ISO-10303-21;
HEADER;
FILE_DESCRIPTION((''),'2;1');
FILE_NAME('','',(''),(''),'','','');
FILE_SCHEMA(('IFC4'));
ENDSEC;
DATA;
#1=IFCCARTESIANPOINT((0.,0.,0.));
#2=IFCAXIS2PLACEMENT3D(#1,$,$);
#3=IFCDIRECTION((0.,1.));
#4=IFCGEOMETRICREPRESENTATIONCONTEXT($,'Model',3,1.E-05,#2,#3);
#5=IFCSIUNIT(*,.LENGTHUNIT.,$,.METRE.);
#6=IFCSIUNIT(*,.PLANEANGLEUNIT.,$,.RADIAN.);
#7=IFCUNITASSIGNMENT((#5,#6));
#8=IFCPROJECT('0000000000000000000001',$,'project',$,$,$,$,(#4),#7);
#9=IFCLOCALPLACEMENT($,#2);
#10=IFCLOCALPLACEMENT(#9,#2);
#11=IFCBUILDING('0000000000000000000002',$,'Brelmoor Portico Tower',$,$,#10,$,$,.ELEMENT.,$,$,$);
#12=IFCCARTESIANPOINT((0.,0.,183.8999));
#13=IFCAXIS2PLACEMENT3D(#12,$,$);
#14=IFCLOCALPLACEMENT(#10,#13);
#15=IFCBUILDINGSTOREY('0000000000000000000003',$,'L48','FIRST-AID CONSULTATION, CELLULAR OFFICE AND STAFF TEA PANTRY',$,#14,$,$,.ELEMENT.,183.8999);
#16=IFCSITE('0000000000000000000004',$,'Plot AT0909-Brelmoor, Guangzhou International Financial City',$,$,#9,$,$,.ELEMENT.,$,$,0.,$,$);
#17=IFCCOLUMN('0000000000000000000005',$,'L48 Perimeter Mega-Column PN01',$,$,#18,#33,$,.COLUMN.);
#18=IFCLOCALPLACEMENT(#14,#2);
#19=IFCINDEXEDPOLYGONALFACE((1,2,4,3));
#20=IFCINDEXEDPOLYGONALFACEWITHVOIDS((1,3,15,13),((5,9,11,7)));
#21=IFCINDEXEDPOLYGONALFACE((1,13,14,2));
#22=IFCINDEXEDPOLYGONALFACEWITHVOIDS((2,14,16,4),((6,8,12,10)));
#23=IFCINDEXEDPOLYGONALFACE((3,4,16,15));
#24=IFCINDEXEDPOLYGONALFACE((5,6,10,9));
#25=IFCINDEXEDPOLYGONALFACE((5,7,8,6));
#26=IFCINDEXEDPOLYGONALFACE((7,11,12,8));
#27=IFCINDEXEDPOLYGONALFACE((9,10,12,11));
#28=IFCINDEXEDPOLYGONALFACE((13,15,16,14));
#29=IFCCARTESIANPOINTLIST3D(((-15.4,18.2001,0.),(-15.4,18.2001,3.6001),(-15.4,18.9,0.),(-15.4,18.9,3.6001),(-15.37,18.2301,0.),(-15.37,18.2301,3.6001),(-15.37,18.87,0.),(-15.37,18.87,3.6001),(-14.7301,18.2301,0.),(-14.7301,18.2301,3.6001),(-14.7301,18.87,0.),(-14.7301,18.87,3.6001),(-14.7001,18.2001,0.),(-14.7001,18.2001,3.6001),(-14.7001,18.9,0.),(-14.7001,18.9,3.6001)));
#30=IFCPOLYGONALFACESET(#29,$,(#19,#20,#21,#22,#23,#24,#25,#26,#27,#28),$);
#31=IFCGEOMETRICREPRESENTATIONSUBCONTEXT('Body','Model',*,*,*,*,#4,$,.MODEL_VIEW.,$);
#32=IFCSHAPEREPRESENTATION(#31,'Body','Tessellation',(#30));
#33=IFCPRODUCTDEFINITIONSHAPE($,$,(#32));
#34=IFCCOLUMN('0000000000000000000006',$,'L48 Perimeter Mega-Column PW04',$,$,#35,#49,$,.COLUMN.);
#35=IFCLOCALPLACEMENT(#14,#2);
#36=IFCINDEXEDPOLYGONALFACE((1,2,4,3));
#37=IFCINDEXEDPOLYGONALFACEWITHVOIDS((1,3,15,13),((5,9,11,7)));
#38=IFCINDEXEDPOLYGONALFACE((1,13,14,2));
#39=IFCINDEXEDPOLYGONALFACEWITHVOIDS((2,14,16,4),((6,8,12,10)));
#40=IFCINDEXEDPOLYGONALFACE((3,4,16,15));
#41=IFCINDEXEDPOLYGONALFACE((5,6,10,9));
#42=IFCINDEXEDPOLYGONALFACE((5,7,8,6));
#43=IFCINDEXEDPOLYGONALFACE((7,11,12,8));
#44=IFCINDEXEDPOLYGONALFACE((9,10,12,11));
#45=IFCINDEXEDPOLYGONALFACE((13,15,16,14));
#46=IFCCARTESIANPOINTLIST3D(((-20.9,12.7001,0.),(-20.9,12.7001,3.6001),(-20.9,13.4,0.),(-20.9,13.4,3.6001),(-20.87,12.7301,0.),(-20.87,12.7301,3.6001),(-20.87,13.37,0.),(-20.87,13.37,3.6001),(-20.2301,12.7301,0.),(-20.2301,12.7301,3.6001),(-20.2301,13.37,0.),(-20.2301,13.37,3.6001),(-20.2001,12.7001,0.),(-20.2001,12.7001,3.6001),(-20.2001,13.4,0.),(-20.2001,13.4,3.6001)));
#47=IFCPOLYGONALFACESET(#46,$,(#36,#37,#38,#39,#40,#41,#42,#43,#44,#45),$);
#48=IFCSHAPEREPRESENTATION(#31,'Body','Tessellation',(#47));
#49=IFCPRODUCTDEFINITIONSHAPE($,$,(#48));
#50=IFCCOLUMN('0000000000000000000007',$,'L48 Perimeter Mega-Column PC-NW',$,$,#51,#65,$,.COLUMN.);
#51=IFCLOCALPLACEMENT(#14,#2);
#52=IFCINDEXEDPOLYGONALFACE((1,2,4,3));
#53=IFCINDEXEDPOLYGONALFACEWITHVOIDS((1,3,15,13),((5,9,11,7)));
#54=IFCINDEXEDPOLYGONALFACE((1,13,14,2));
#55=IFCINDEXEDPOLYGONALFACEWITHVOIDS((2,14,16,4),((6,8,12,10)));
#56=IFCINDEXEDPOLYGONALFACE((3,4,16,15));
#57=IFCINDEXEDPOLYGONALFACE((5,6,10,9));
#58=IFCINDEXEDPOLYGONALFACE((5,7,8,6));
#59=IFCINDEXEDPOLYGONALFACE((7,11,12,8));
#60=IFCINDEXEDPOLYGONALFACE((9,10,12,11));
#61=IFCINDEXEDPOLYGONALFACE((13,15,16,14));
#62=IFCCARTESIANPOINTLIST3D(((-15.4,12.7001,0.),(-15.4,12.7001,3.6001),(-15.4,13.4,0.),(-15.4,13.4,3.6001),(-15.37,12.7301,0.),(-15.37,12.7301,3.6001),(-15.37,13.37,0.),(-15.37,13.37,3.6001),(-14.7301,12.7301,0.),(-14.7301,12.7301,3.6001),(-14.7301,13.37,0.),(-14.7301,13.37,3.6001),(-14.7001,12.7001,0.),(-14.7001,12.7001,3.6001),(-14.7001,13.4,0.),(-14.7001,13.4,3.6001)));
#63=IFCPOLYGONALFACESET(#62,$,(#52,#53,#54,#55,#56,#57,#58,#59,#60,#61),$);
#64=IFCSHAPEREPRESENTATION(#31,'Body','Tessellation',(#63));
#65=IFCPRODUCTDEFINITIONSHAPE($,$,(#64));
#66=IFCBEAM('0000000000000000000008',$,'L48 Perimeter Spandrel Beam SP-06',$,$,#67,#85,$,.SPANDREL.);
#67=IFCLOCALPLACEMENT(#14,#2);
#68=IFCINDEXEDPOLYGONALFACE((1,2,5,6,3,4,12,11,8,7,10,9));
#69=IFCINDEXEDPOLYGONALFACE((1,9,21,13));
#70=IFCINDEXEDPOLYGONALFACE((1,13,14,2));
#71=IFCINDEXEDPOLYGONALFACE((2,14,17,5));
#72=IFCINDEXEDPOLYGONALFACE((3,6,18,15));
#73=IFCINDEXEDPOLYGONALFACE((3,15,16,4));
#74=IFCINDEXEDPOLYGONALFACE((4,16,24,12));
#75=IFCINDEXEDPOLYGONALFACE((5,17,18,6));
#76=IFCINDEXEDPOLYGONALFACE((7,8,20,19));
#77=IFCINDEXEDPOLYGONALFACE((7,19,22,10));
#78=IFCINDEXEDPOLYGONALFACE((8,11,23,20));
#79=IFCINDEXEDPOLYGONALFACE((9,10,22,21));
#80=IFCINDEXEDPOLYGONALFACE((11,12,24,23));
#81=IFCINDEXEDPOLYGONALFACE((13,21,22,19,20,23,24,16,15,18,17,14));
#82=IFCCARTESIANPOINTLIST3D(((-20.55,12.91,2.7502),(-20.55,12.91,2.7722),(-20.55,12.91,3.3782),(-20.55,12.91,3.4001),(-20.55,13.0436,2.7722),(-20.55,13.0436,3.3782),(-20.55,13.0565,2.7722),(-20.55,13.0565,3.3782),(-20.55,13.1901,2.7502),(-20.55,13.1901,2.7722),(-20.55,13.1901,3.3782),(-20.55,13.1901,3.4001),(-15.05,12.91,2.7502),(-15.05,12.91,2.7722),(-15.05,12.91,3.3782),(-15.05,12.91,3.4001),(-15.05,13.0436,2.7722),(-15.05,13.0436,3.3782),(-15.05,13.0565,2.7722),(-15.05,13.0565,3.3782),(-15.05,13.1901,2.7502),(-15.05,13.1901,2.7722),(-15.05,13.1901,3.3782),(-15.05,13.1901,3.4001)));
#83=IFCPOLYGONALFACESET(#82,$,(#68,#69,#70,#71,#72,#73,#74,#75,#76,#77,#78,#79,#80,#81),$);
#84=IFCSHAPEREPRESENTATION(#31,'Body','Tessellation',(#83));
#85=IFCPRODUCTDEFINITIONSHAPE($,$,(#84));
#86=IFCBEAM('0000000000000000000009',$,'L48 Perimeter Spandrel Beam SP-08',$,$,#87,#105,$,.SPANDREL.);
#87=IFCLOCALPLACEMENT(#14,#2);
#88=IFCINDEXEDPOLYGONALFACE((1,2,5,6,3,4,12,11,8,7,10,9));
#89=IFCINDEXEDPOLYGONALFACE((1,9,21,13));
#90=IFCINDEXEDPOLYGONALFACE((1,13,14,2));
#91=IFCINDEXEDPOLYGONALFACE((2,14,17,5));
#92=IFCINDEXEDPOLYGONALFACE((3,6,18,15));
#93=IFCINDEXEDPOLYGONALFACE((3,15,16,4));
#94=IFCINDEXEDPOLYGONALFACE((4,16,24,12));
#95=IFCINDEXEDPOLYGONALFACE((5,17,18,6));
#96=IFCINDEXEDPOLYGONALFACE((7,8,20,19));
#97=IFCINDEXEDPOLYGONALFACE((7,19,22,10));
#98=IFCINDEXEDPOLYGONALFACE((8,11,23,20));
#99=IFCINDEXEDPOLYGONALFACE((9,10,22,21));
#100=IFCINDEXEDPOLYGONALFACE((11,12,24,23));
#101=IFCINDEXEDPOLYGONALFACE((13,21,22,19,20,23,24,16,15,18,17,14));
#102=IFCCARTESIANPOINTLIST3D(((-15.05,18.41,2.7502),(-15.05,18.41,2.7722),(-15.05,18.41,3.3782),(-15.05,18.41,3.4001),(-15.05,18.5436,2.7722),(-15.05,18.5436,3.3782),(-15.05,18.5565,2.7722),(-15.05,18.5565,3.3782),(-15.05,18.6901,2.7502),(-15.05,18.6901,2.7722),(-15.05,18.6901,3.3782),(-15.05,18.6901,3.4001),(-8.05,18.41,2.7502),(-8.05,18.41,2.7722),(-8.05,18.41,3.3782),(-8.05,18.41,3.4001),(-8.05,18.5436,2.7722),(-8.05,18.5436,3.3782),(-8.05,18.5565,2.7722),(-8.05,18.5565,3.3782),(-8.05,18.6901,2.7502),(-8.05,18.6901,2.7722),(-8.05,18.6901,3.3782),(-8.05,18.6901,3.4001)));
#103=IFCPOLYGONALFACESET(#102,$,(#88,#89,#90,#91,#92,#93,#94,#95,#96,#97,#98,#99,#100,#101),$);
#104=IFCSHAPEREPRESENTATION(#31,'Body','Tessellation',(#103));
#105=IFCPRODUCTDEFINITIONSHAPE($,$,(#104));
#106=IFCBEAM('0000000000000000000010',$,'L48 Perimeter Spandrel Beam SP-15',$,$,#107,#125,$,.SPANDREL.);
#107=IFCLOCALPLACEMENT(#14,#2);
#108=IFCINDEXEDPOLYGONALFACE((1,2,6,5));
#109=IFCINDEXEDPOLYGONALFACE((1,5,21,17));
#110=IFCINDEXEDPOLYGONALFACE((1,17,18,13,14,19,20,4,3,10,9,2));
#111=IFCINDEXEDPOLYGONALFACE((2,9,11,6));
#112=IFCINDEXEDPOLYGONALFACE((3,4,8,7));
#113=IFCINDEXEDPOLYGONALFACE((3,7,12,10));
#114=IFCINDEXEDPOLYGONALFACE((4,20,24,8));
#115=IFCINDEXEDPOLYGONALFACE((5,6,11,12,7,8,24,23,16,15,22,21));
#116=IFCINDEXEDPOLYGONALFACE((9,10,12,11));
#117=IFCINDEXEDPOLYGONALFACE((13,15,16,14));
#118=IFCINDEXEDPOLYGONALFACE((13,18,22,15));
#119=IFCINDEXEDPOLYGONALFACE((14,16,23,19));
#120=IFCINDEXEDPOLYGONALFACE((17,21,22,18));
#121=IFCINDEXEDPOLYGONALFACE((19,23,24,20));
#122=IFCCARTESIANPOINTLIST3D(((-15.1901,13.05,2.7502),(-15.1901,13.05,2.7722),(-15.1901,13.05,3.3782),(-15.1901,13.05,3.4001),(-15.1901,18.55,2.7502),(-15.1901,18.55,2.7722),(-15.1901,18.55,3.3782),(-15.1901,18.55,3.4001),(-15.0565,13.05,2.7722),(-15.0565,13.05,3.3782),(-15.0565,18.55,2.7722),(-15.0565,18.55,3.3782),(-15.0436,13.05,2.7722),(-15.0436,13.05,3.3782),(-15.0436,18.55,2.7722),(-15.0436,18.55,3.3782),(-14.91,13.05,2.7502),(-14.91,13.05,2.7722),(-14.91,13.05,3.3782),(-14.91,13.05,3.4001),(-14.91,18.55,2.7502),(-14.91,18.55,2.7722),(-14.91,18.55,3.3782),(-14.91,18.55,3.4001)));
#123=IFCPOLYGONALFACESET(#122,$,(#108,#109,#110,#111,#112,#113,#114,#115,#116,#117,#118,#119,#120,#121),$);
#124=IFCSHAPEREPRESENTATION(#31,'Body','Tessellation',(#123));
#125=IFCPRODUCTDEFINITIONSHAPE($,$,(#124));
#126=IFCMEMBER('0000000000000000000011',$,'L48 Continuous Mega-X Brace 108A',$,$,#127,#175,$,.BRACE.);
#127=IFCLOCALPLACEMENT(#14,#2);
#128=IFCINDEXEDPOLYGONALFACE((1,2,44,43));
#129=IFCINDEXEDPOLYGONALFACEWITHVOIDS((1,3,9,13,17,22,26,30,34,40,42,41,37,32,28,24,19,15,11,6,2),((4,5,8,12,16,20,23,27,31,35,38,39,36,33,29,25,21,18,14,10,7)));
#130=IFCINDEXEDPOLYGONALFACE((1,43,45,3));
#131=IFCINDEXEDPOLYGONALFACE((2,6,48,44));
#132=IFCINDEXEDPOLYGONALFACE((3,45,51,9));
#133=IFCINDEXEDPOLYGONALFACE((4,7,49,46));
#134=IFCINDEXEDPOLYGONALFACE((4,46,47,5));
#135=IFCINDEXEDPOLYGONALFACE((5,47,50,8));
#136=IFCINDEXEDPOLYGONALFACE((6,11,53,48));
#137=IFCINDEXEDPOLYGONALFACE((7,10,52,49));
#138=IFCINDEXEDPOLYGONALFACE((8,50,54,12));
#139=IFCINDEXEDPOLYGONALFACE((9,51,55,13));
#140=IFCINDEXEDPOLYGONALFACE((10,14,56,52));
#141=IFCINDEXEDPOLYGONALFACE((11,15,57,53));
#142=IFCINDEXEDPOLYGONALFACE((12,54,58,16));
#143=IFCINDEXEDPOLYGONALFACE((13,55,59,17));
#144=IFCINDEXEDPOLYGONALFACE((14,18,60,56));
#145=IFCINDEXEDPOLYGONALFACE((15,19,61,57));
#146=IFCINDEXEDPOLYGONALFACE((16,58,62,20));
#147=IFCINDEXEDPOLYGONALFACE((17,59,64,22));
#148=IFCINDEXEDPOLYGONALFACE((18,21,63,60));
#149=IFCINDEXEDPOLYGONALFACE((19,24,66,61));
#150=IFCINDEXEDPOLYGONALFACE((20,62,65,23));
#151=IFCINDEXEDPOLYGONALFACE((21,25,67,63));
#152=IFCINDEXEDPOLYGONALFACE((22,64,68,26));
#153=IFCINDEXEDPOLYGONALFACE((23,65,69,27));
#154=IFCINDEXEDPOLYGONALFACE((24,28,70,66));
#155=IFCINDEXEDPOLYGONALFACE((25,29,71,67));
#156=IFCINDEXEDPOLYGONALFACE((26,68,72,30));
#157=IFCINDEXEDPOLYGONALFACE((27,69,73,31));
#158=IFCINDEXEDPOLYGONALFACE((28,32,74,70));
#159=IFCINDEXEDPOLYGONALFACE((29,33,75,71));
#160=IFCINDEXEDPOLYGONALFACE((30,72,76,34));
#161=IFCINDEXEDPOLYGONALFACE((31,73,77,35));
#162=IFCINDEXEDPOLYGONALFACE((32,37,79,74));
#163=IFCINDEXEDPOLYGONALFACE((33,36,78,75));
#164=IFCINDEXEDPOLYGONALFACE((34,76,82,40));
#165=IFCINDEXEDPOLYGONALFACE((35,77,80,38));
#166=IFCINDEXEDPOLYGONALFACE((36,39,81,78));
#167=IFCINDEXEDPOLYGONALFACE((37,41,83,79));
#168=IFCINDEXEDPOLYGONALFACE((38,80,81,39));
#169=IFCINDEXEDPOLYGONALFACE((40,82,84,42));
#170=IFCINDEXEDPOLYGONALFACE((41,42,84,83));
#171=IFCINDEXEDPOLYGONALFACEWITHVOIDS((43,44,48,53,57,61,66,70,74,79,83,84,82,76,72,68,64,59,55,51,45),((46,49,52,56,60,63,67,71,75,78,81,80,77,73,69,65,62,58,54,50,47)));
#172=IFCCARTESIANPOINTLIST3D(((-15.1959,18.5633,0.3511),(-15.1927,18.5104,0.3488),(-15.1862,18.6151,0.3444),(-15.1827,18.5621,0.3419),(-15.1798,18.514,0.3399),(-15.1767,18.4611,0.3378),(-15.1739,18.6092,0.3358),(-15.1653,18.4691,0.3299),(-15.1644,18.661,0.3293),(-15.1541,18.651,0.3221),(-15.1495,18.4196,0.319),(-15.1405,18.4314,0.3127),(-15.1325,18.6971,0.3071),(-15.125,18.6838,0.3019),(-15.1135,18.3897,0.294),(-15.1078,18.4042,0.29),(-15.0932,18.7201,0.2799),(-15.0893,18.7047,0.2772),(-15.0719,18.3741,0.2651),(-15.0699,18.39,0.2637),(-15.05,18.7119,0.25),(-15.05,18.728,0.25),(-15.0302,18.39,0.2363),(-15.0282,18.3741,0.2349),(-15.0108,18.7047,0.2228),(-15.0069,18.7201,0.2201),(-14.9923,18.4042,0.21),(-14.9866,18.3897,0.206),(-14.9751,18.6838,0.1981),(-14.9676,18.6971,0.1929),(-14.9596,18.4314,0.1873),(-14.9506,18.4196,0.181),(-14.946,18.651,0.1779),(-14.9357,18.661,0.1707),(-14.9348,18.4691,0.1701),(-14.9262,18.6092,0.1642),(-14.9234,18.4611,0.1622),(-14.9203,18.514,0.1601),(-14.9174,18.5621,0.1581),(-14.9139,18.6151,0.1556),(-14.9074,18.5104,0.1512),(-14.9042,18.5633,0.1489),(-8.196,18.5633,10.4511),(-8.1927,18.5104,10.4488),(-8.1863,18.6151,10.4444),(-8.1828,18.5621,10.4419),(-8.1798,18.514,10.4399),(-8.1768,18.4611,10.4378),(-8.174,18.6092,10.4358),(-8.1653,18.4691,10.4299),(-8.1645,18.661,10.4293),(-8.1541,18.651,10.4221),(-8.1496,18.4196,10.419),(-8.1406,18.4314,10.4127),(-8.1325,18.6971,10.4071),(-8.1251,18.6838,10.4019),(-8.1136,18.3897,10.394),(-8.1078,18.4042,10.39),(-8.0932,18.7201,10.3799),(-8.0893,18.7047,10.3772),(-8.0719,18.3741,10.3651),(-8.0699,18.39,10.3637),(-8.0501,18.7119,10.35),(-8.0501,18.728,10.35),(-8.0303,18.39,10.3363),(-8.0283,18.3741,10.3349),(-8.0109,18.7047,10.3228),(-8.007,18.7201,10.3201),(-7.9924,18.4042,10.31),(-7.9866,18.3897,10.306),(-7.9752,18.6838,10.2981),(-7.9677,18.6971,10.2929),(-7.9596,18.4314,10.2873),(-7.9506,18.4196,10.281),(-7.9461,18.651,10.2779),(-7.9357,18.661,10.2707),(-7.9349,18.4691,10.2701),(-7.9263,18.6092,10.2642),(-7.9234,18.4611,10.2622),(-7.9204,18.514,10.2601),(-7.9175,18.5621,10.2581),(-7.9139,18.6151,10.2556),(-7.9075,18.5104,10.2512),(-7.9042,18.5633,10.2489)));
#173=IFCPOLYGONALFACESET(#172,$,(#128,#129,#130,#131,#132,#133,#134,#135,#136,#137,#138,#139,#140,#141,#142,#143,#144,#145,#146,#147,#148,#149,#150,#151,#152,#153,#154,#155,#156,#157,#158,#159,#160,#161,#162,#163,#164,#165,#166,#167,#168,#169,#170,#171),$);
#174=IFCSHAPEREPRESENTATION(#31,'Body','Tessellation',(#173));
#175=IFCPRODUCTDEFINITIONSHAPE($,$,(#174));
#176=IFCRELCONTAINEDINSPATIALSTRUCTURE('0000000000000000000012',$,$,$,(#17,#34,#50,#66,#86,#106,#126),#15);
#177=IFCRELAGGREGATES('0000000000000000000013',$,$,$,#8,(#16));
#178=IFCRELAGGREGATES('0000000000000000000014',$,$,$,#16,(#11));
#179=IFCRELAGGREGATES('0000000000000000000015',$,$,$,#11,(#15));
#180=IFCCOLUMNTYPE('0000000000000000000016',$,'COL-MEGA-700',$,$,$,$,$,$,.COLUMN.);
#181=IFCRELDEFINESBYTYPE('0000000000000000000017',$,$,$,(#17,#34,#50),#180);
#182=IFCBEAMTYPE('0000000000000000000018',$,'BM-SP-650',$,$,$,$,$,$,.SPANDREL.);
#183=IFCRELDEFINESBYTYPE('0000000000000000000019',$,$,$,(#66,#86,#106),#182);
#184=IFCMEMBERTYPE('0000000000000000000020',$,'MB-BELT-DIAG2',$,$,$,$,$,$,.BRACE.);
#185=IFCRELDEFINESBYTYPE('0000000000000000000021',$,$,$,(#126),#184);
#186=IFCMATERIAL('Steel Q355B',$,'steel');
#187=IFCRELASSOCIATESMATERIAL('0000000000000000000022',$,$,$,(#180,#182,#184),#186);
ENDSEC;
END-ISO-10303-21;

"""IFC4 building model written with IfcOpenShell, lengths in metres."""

from ifc_helpers import new_model, si_unit, direction, frame, origin, origin_2d, place, context, subcontext, project, spatial, hollow_rectangle, hollow_circle, i_section, extrude, material, material_profile, profile_set, type_object, element, save


model = new_model("IFC4")

# Units and contexts
model_context = context("Model", 3, precision=1e-05, world=origin(), true_north=direction((0.0, 1.0)))
body_context = subcontext(model_context, "Body", "Model", "MODEL_VIEW")
ifc_project = project(units=[si_unit("LENGTHUNIT", "METRE"), si_unit("PLANEANGLEUNIT", "RADIAN")], contexts=[model_context])

# Site, building, storey
site_placement = place(None, origin())
site = spatial("IfcSite", under=ifc_project, at=site_placement, Name="Plot AT0909-Brelmoor, Guangzhou International Financial City", CompositionType="ELEMENT", RefElevation=0.0)
building_placement = place(site_placement, origin())
building = spatial("IfcBuilding", under=site, at=building_placement, Name="Brelmoor Portico Tower", CompositionType="ELEMENT")
storey_placement = place(building_placement, frame((0.0, 0.0, 183.8999)))
storey = spatial("IfcBuildingStorey", under=building, at=storey_placement, Name="L48", Description="FIRST-AID CONSULTATION, CELLULAR OFFICE AND STAFF TEA PANTRY", CompositionType="ELEMENT", Elevation=183.8999)

# Columns
ifc_material_1 = material(Name="Steel Q355B", Category="steel")
ifc_material_profile_1 = material_profile(ifc_material_1, hollow_rectangle(XDim=0.7, YDim=0.7, WallThickness=0.03, at=origin_2d()), Name="BOX 700x700x30")
ifc_profile_set_1 = profile_set([ifc_material_profile_1], Name="Steel Q355B")
column_type = type_object("IfcColumnType", Name="COL-MEGA-700", PredefinedType="COLUMN", material=ifc_profile_set_1)
for number, where, z_axis, x_axis, name in (
    (1, (-15.05, 18.55, 0.0), (0.0, 0.0, 1.0), (1.0, 0.0, 0.0), "L48 Perimeter Mega-Column PN01"),
    (2, (-20.55, 13.05, 0.0), (0.0, 0.0, 1.0), (0.0, 1.0, 0.0), "L48 Perimeter Mega-Column PW04"),
    (3, (-15.05, 13.05, 0.0), (0.0, 0.0, 1.0), (1.0, 0.0, 0.0), "L48 Perimeter Mega-Column PC-NW"),
):
    element("IfcColumn", number, at=place(storey_placement, frame(where, z_axis=z_axis, x_axis=x_axis)), inside=storey, type_object=column_type, Name=name, PredefinedType="COLUMN", context=body_context, shape_type="SweptSolid", body=[
        extrude(hollow_rectangle(XDim=0.7, YDim=0.7, WallThickness=0.03, at=origin_2d()), origin(), (0.0, 0.0, 1.0), 3.6001),
    ])

# Beams
ifc_material_profile_2 = material_profile(ifc_material_1, i_section(OverallWidth=0.28, OverallDepth=0.6499, WebThickness=0.0129, FlangeThickness=0.022, at=origin_2d()), Name="HN 650x280x13x22")
ifc_profile_set_2 = profile_set([ifc_material_profile_2], Name="Steel Q355B")
beam_type = type_object("IfcBeamType", Name="BM-SP-650", PredefinedType="SPANDREL", material=ifc_profile_set_2)
beam_1_placement = place(storey_placement, frame((-20.55, 13.05, 3.0752), z_axis=(1.0, 0.0, 0.0), x_axis=(0.0, 1.0, 0.0)))
element("IfcBeam", 4, at=beam_1_placement, inside=storey, type_object=beam_type, Name="L48 Perimeter Spandrel Beam SP-06", PredefinedType="SPANDREL", context=body_context, shape_type="SweptSolid", body=[
    extrude(i_section(OverallWidth=0.28, OverallDepth=0.6499, WebThickness=0.0129, FlangeThickness=0.022, at=origin_2d()), origin(), (0.0, 0.0, 1.0), 5.5),
])
beam_2_placement = place(storey_placement, frame((-15.05, 18.55, 3.0752), z_axis=(1.0, 0.0, 0.0), x_axis=(0.0, 1.0, 0.0)))
element("IfcBeam", 5, at=beam_2_placement, inside=storey, type_object=beam_type, Name="L48 Perimeter Spandrel Beam SP-08", PredefinedType="SPANDREL", context=body_context, shape_type="SweptSolid", body=[
    extrude(i_section(OverallWidth=0.28, OverallDepth=0.6499, WebThickness=0.0129, FlangeThickness=0.022, at=origin_2d()), origin(), (0.0, 0.0, 1.0), 7.0),
])
beam_3_placement = place(storey_placement, frame((-15.05, 13.05, 3.0752), z_axis=(0.0, 1.0, 0.0), x_axis=(-1.0, 0.0, 0.0)))
element("IfcBeam", 6, at=beam_3_placement, inside=storey, type_object=beam_type, Name="L48 Perimeter Spandrel Beam SP-15", PredefinedType="SPANDREL", context=body_context, shape_type="SweptSolid", body=[
    extrude(i_section(OverallWidth=0.28, OverallDepth=0.6499, WebThickness=0.0129, FlangeThickness=0.022, at=origin_2d()), origin(), (0.0, 0.0, 1.0), 5.5),
])

# Member
ifc_material_profile_3 = material_profile(ifc_material_1, hollow_circle(Radius=0.178, WallThickness=0.0161, at=origin_2d()), Name="CHS 356x16")
ifc_profile_set_3 = profile_set([ifc_material_profile_3], Name="Steel Q355B")
member_type_1 = type_object("IfcMemberType", Name="MB-BELT-DIAG2", PredefinedType="BRACE", material=ifc_profile_set_3)
member_1_placement = place(storey_placement, frame((-15.05, 18.55, 0.25), z_axis=(0.569629, 0.0, 0.821902), x_axis=(0.0, 1.0, 0.0)))
element("IfcMember", 7, at=member_1_placement, inside=storey, type_object=member_type_1, Name="L48 Continuous Mega-X Brace 108A", PredefinedType="BRACE", context=body_context, shape_type="SweptSolid", body=[
    extrude(hollow_circle(Radius=0.178, WallThickness=0.0161, at=origin_2d()), origin(), (0.0, 0.0, 1.0), 12.2886),
])

save(model, "model.ifc")
